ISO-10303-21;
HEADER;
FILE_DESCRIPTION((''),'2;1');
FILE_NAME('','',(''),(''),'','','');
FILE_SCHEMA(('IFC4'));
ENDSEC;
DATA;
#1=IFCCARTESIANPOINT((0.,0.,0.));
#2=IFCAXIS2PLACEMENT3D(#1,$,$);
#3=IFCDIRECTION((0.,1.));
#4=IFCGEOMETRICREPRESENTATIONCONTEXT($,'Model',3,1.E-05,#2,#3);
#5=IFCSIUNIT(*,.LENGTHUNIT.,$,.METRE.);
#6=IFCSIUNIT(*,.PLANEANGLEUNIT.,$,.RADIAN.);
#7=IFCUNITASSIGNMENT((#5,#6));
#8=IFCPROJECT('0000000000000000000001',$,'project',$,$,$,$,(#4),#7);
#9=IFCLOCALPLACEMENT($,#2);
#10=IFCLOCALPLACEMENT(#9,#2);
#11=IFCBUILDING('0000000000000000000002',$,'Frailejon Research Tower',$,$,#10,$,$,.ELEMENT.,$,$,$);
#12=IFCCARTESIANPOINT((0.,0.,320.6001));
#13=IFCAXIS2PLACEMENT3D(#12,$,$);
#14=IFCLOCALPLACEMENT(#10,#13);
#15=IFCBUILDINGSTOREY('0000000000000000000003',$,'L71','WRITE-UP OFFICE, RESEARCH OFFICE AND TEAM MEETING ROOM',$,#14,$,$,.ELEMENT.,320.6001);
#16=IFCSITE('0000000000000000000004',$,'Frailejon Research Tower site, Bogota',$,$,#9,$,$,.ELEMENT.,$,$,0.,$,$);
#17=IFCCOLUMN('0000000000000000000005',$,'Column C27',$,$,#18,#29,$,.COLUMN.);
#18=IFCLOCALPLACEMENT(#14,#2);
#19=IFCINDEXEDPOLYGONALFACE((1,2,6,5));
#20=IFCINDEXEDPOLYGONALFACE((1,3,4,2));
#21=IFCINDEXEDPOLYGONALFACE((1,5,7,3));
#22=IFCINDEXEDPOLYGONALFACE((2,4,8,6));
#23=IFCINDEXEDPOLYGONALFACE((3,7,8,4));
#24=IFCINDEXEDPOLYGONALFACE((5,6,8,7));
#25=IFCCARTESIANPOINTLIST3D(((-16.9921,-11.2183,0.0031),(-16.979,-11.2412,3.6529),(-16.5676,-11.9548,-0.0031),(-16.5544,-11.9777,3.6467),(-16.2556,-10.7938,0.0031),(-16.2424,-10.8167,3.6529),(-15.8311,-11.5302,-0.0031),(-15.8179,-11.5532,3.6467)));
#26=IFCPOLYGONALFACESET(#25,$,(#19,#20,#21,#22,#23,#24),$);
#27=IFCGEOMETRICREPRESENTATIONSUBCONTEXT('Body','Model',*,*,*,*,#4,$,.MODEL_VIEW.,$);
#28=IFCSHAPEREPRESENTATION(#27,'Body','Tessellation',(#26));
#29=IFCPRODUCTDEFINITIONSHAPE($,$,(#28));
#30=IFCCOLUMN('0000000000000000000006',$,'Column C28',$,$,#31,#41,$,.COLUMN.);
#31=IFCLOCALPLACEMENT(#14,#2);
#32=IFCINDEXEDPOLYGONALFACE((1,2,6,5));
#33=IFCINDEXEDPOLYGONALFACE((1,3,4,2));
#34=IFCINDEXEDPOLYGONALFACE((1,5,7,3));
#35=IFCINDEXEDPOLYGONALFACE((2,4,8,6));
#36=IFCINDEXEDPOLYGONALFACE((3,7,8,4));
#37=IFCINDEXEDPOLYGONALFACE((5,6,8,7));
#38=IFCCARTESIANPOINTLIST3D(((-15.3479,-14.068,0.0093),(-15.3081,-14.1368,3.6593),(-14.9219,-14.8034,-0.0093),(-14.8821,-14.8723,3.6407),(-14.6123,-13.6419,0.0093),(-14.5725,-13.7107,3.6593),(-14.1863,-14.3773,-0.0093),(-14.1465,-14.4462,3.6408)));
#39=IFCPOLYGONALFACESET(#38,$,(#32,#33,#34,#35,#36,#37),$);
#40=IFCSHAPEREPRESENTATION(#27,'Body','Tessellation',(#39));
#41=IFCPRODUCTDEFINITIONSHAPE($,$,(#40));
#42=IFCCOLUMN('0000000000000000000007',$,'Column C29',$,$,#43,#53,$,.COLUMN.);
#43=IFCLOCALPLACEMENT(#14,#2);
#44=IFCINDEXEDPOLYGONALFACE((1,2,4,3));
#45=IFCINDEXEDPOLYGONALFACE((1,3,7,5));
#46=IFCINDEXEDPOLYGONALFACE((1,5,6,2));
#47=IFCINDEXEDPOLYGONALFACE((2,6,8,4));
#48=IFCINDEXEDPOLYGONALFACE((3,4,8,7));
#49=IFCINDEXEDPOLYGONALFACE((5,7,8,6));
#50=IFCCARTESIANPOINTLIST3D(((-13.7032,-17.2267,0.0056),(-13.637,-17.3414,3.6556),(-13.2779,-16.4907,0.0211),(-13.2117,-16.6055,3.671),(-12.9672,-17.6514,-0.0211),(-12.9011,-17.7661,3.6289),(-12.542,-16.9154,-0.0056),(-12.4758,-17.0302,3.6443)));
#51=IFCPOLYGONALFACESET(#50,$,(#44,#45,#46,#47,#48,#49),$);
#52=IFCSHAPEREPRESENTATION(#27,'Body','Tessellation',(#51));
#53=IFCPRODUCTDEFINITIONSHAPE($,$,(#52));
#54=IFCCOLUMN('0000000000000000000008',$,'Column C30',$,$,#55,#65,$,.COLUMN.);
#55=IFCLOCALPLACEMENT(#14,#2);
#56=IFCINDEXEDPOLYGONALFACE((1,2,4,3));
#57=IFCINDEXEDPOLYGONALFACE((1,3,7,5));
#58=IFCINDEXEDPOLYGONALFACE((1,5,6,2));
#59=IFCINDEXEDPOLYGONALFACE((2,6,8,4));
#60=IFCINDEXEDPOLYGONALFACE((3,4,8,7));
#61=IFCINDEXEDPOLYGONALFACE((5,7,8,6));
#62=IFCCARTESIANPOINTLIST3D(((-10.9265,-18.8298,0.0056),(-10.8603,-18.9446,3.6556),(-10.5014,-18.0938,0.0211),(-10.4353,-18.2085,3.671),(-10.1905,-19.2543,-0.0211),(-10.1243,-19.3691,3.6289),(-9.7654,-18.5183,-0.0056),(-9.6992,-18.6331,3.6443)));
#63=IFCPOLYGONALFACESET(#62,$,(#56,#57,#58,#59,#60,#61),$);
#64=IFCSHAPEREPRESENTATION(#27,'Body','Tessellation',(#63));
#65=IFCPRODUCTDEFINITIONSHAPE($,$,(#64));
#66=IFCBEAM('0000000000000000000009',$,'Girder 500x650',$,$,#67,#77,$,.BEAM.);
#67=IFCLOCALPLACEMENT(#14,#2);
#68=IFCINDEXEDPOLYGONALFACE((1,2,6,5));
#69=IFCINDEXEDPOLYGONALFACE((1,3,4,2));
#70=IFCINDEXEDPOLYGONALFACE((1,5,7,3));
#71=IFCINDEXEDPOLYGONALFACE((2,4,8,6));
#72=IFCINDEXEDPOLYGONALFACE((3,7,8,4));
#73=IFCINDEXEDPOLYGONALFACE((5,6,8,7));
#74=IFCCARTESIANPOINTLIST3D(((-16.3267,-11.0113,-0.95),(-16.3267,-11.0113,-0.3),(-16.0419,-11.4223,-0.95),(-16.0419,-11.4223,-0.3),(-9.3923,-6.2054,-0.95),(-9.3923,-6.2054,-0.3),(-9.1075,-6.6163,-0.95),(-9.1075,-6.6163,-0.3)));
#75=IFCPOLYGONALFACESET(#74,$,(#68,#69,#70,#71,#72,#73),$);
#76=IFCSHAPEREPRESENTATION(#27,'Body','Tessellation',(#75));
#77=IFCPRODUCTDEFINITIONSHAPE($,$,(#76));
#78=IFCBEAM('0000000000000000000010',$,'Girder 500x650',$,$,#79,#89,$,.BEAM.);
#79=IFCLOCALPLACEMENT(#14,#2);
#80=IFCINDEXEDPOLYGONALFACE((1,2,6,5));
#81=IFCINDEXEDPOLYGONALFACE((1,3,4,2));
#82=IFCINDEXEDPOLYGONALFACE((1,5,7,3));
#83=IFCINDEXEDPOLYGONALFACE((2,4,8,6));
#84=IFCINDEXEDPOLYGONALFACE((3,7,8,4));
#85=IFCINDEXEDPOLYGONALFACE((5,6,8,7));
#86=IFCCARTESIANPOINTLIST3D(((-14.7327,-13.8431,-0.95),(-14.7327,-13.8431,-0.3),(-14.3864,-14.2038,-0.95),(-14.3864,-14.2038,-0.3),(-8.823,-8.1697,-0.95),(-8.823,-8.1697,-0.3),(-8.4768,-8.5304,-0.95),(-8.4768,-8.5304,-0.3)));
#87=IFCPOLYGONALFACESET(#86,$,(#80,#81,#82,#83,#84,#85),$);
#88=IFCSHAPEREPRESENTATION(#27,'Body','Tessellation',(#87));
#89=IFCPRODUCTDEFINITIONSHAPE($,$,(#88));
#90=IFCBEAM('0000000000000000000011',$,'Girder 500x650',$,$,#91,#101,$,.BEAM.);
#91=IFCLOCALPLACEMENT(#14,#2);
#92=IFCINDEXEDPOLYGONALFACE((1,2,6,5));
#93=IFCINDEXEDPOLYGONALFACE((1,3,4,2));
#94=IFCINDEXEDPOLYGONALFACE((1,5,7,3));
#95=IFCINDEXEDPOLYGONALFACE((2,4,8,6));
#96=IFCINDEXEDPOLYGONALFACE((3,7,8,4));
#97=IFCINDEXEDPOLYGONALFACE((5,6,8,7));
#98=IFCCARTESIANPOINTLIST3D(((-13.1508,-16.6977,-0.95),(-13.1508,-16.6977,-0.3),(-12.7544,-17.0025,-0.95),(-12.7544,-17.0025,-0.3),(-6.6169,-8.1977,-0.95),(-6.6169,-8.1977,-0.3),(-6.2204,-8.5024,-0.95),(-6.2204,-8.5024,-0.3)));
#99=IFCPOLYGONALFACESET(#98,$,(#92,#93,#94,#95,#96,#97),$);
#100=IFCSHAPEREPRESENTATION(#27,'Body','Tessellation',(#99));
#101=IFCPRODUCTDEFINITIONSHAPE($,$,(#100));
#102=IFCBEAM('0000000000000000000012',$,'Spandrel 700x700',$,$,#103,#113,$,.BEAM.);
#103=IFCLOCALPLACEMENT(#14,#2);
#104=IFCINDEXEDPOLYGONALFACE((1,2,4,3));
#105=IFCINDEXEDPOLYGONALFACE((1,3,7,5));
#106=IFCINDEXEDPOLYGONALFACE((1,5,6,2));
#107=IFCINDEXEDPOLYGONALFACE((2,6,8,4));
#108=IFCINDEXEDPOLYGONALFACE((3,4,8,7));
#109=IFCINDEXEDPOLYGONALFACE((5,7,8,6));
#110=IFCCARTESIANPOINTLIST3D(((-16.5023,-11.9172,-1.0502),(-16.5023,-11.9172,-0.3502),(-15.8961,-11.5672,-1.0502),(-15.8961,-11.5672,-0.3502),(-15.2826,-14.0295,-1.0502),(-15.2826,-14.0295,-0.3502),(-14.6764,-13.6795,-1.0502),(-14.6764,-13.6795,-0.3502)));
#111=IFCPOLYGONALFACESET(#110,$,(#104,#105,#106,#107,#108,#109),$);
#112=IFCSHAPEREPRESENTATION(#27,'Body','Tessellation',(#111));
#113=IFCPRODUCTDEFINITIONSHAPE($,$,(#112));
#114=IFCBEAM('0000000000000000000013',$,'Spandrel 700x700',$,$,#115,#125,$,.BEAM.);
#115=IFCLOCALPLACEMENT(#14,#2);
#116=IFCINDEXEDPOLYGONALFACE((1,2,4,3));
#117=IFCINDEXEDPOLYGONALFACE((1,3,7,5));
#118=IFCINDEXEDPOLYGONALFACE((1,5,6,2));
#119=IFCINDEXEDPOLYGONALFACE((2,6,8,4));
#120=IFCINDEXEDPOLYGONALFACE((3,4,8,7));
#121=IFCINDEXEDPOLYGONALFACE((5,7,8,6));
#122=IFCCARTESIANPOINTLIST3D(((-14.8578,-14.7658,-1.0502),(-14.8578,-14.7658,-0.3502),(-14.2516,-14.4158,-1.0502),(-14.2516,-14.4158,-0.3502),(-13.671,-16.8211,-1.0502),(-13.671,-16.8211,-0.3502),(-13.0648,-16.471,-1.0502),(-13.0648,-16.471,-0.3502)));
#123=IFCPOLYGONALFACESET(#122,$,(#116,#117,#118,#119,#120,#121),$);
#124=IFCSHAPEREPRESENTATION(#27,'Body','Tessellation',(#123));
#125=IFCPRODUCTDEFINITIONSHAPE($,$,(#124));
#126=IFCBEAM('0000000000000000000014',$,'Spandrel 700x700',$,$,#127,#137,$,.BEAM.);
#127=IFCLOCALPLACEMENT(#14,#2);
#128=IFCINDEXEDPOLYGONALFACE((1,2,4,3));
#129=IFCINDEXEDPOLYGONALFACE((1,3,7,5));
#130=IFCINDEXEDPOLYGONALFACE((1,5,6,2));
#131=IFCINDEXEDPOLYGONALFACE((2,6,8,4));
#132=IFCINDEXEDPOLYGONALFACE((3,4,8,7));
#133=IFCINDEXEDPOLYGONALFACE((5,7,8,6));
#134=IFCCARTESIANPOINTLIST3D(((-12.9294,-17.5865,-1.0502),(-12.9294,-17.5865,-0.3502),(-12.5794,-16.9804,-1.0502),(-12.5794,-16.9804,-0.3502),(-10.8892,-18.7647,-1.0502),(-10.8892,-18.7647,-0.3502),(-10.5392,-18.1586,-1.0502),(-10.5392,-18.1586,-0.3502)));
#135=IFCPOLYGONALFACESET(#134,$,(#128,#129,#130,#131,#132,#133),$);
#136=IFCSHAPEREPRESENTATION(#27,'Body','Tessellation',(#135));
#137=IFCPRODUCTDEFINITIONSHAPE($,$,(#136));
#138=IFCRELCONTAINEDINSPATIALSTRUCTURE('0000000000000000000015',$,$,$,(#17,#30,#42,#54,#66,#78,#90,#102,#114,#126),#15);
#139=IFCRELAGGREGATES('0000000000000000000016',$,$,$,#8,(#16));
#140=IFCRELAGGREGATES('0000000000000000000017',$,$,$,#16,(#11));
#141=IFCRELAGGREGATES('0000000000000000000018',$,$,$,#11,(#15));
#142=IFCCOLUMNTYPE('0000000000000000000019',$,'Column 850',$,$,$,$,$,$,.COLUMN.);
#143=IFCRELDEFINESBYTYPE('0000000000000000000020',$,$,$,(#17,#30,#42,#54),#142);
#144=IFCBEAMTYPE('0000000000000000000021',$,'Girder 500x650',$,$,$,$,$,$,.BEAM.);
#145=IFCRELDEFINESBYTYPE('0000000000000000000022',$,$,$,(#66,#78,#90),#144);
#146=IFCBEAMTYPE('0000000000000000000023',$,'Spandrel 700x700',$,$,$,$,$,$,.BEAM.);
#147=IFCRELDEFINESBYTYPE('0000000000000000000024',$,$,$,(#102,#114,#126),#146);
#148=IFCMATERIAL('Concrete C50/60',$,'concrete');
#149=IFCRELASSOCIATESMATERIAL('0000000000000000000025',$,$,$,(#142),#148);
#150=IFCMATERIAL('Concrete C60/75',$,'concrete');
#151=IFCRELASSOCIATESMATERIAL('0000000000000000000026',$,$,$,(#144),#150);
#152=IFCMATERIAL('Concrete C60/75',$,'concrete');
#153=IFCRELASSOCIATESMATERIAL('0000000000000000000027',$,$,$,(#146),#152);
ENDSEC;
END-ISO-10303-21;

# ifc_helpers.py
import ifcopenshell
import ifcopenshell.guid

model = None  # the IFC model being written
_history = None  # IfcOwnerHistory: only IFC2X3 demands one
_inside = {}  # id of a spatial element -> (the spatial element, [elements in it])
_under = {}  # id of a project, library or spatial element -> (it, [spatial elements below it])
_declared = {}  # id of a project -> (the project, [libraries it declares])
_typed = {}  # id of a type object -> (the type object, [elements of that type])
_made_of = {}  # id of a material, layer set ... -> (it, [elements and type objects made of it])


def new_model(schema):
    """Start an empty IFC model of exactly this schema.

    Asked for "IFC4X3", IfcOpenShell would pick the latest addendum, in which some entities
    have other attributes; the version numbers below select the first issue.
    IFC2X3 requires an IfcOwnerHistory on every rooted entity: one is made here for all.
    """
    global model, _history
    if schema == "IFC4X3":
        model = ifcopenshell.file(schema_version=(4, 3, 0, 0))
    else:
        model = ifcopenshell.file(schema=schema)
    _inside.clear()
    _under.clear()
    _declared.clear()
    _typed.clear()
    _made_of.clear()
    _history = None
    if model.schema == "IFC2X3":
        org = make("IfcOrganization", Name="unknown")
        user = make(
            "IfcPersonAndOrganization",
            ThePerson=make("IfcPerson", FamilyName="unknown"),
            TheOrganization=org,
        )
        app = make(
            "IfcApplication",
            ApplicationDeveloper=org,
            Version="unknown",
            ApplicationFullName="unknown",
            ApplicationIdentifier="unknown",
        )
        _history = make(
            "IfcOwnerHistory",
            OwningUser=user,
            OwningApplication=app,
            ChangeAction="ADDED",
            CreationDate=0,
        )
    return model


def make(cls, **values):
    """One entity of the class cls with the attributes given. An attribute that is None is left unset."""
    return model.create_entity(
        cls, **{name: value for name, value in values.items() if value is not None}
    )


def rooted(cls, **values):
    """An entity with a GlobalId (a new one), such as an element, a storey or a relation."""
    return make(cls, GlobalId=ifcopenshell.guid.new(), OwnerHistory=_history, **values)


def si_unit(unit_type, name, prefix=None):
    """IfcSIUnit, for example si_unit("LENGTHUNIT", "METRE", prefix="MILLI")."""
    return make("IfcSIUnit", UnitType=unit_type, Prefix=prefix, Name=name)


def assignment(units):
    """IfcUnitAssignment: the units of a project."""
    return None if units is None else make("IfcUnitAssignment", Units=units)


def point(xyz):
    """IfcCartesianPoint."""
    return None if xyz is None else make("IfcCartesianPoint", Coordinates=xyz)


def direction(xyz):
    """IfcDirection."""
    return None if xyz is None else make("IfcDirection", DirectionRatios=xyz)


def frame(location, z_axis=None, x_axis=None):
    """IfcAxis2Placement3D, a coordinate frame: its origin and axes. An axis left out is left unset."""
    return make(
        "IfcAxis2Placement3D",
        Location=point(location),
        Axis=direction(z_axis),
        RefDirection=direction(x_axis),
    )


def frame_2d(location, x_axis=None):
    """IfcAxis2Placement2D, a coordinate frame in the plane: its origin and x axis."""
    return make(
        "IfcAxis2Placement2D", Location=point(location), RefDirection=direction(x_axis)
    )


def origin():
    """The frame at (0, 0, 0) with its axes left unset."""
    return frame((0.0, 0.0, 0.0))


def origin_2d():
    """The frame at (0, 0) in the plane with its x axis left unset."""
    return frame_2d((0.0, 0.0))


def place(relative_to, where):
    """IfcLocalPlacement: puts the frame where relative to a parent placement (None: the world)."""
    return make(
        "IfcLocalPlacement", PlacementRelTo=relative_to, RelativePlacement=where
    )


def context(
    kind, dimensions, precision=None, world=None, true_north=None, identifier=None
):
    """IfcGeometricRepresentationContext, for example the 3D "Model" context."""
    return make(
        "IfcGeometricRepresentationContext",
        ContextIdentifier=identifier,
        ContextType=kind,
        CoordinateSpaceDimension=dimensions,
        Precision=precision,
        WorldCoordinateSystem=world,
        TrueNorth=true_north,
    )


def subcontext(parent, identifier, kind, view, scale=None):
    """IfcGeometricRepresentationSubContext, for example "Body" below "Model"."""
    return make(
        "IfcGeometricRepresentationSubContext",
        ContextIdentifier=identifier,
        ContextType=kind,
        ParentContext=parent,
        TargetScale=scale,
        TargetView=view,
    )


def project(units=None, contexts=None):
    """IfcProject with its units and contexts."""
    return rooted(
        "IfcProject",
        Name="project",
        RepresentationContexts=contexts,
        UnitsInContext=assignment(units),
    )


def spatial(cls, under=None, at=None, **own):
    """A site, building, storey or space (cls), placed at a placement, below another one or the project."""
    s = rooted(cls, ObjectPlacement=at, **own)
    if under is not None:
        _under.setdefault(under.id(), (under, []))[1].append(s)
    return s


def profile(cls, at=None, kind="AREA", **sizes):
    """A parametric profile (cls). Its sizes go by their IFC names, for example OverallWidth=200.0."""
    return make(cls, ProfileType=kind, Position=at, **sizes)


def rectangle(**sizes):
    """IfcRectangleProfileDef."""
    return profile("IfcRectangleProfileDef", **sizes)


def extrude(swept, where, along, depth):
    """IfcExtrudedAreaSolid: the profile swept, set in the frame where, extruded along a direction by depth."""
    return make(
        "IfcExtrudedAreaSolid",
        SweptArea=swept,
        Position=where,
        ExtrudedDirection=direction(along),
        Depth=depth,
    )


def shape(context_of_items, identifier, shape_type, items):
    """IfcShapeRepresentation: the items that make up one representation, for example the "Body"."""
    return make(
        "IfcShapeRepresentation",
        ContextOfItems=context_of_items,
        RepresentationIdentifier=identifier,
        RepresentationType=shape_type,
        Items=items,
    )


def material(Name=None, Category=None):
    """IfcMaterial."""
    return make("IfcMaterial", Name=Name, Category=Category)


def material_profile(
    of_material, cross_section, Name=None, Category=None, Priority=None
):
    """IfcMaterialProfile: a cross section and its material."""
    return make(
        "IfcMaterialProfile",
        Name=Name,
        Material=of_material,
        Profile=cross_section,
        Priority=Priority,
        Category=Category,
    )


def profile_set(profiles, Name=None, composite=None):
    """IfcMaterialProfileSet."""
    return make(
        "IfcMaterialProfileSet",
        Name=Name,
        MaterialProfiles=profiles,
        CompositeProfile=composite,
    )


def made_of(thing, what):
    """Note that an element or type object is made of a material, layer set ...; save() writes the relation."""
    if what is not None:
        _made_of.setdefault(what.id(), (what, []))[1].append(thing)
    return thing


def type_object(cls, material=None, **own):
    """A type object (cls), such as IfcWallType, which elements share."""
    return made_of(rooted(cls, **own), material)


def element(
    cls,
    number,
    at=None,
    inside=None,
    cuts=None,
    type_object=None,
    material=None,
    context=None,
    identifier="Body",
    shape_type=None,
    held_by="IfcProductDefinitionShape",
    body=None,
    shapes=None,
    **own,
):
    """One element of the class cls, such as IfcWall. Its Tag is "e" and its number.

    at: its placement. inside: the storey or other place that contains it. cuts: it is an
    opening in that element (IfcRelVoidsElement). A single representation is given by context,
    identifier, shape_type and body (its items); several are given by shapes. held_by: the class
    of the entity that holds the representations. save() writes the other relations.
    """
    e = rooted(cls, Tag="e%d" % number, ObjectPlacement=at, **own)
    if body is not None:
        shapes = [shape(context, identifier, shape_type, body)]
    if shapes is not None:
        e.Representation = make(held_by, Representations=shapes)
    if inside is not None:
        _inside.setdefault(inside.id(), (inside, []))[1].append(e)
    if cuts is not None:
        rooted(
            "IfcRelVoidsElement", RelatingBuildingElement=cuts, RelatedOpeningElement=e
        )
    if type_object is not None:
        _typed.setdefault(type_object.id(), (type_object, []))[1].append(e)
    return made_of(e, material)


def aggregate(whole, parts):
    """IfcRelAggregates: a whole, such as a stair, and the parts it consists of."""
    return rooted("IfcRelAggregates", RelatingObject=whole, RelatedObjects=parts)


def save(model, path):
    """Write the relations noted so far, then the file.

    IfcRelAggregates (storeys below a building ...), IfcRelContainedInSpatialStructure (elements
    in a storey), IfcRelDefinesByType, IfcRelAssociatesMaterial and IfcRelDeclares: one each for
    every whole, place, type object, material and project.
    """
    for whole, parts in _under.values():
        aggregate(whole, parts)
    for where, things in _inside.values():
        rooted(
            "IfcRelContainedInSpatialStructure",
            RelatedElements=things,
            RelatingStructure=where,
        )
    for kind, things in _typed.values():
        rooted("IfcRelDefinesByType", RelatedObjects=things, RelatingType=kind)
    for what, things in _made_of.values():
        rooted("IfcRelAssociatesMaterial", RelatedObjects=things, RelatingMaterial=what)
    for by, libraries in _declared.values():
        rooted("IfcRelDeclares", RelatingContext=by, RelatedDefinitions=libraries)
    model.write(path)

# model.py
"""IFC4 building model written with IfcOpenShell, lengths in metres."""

from ifc_helpers import new_model, si_unit, direction, frame, origin, origin_2d, place, context, subcontext, project, spatial, rectangle, extrude, material, material_profile, profile_set, type_object, element, save


model = new_model("IFC4")

# Units and contexts
model_context = context("Model", 3, precision=1e-05, world=origin(), true_north=direction((0.0, 1.0)))
body_context = subcontext(model_context, "Body", "Model", "MODEL_VIEW")
ifc_project = project(units=[si_unit("LENGTHUNIT", "METRE"), si_unit("PLANEANGLEUNIT", "RADIAN")], contexts=[model_context])

# Site, building, storey
site_placement = place(None, origin())
site = spatial("IfcSite", under=ifc_project, at=site_placement, Name="Frailejon Research Tower site, Bogota", CompositionType="ELEMENT", RefElevation=0.0)
building_placement = place(site_placement, origin())
building = spatial("IfcBuilding", under=site, at=building_placement, Name="Frailejon Research Tower", CompositionType="ELEMENT")
storey_placement = place(building_placement, frame((0.0, 0.0, 320.6001)))
storey = spatial("IfcBuildingStorey", under=building, at=storey_placement, Name="L71", Description="WRITE-UP OFFICE, RESEARCH OFFICE AND TEAM MEETING ROOM", CompositionType="ELEMENT", Elevation=320.6001)

# Columns
ifc_material_1 = material(Name="Concrete C50/60", Category="concrete")
ifc_material_profile_1 = material_profile(ifc_material_1, rectangle(XDim=0.8501, YDim=0.8501, at=origin_2d()), Name="Column 850")
ifc_profile_set_1 = profile_set([ifc_material_profile_1], Name="Concrete C50/60")
column_type = type_object("IfcColumnType", Name="Column 850", PredefinedType="COLUMN", material=ifc_profile_set_1)
column_1_placement = place(storey_placement, frame((-16.4116, -11.3743, 0.0), z_axis=(0.003612, -0.006287, 0.999974), x_axis=(0.499382, -0.866352, -0.007251)))
element("IfcColumn", 1, at=column_1_placement, inside=storey, type_object=column_type, Name="Column C27", PredefinedType="COLUMN", context=body_context, shape_type="SweptSolid", body=[
    extrude(rectangle(XDim=0.8501, YDim=0.8501, at=origin_2d()), origin(), (0.0, 0.0, 1.0), 3.6499),
])
column_2_placement = place(storey_placement, frame((-14.7671, -14.2227, 0.0), z_axis=(0.0109, -0.018858, 0.999763), x_axis=(0.501086, -0.865123, -0.021782)))
element("IfcColumn", 2, at=column_2_placement, inside=storey, type_object=column_type, Name="Column C28", PredefinedType="COLUMN", context=body_context, shape_type="SweptSolid", body=[
    extrude(rectangle(XDim=0.8501, YDim=0.8501, at=origin_2d()), origin(), (0.0, 0.0, 1.0), 3.6509),
])
for number, where, z_axis, x_axis, name in (
    (3, (-13.1226, -17.071, 0.0), (0.018115, -0.031417, 0.999342), (0.865692, -0.499592, -0.031399), "Column C29"),
    (4, (-10.3459, -18.6741, 0.0), (0.018115, -0.031417, 0.999342), (0.865818, -0.499373, -0.031394), "Column C30"),
):
    element("IfcColumn", number, at=place(storey_placement, frame(where, z_axis=z_axis, x_axis=x_axis)), inside=storey, type_object=column_type, Name=name, PredefinedType="COLUMN", context=body_context, shape_type="SweptSolid", body=[
        extrude(rectangle(XDim=0.8501, YDim=0.8501, at=origin_2d()), origin(), (0.0, 0.0, 1.0), 3.6523),
    ])

# Beams
ifc_material_2 = material(Name="Concrete C60/75", Category="concrete")
ifc_material_profile_2 = material_profile(ifc_material_2, rectangle(XDim=0.5, YDim=0.6499, at=origin_2d()), Name="Girder 500x650")
ifc_profile_set_2 = profile_set([ifc_material_profile_2], Name="Concrete C60/75")
beam_type_1 = type_object("IfcBeamType", Name="Girder 500x650", PredefinedType="BEAM", material=ifc_profile_set_2)
beam_1_placement = place(storey_placement, frame((-16.1843, -11.2168, -0.625), z_axis=(0.821902, 0.569628, 0.0), x_axis=(-0.569628, 0.821902, 0.0)))
element("IfcBeam", 5, at=beam_1_placement, inside=storey, type_object=beam_type_1, Name="Girder 500x650", PredefinedType="BEAM", context=body_context, shape_type="SweptSolid", body=[
    extrude(rectangle(XDim=0.5, YDim=0.6499, at=origin_2d()), origin(), (0.0, 0.0, 1.0), 8.437),
])
beam_2_placement = place(storey_placement, frame((-14.5596, -14.0234, -0.625), z_axis=(0.721384, 0.692536, 0.0), x_axis=(-0.692536, 0.721384, 0.0)))
element("IfcBeam", 6, at=beam_2_placement, inside=storey, type_object=beam_type_1, Name="Girder 500x650", PredefinedType="BEAM", context=body_context, shape_type="SweptSolid", body=[
    extrude(rectangle(XDim=0.5, YDim=0.6499, at=origin_2d()), origin(), (0.0, 0.0, 1.0), 8.1921),
])
beam_3_placement = place(storey_placement, frame((-12.9526, -16.8501, -0.625), z_axis=(0.609446, 0.792828, 0.0), x_axis=(-0.792828, 0.609446, 0.0)))
element("IfcBeam", 7, at=beam_3_placement, inside=storey, type_object=beam_type_1, Name="Girder 500x650", PredefinedType="BEAM", context=body_context, shape_type="SweptSolid", body=[
    extrude(rectangle(XDim=0.5, YDim=0.6499, at=origin_2d()), origin(), (0.0, 0.0, 1.0), 10.7212),
])
ifc_material_3 = material(Name="Concrete C60/75", Category="concrete")
ifc_material_profile_3 = material_profile(ifc_material_3, rectangle(XDim=0.7, YDim=0.7, at=origin_2d()), Name="Spandrel 700x700")
ifc_profile_set_3 = profile_set([ifc_material_profile_3], Name="Concrete C60/75")
beam_type_2 = type_object("IfcBeamType", Name="Spandrel 700x700", PredefinedType="BEAM", material=ifc_profile_set_3)
beam_4_placement = place(storey_placement, frame((-16.1992, -11.7422, -0.7002), z_axis=(0.500057, -0.865992, 0.0), x_axis=(0.865992, 0.500057, 0.0)))
element("IfcBeam", 8, at=beam_4_placement, inside=storey, type_object=beam_type_2, Name="Spandrel 700x700", PredefinedType="BEAM", context=body_context, shape_type="SweptSolid", body=[
    extrude(rectangle(XDim=0.7, YDim=0.7, at=origin_2d()), origin(), (0.0, 0.0, 1.0), 2.4392),
])
beam_5_placement = place(storey_placement, frame((-14.5547, -14.5908, -0.7002), z_axis=(0.500067, -0.865987, 0.0), x_axis=(0.865987, 0.500067, 0.0)))
element("IfcBeam", 9, at=beam_5_placement, inside=storey, type_object=beam_type_2, Name="Spandrel 700x700", PredefinedType="BEAM", context=body_context, shape_type="SweptSolid", body=[
    extrude(rectangle(XDim=0.7, YDim=0.7, at=origin_2d()), origin(), (0.0, 0.0, 1.0), 2.3733),
])
beam_6_placement = place(storey_placement, frame((-12.7544, -17.2834, -0.7002), z_axis=(0.865977, -0.500084, 0.0), x_axis=(0.500084, 0.865977, 0.0)))
element("IfcBeam", 10, at=beam_6_placement, inside=storey, type_object=beam_type_2, Name="Spandrel 700x700", PredefinedType="BEAM", context=body_context, shape_type="SweptSolid", body=[
    extrude(rectangle(XDim=0.7, YDim=0.7, at=origin_2d()), origin(), (0.0, 0.0, 1.0), 2.356),
])

save(model, "model.ifc")
